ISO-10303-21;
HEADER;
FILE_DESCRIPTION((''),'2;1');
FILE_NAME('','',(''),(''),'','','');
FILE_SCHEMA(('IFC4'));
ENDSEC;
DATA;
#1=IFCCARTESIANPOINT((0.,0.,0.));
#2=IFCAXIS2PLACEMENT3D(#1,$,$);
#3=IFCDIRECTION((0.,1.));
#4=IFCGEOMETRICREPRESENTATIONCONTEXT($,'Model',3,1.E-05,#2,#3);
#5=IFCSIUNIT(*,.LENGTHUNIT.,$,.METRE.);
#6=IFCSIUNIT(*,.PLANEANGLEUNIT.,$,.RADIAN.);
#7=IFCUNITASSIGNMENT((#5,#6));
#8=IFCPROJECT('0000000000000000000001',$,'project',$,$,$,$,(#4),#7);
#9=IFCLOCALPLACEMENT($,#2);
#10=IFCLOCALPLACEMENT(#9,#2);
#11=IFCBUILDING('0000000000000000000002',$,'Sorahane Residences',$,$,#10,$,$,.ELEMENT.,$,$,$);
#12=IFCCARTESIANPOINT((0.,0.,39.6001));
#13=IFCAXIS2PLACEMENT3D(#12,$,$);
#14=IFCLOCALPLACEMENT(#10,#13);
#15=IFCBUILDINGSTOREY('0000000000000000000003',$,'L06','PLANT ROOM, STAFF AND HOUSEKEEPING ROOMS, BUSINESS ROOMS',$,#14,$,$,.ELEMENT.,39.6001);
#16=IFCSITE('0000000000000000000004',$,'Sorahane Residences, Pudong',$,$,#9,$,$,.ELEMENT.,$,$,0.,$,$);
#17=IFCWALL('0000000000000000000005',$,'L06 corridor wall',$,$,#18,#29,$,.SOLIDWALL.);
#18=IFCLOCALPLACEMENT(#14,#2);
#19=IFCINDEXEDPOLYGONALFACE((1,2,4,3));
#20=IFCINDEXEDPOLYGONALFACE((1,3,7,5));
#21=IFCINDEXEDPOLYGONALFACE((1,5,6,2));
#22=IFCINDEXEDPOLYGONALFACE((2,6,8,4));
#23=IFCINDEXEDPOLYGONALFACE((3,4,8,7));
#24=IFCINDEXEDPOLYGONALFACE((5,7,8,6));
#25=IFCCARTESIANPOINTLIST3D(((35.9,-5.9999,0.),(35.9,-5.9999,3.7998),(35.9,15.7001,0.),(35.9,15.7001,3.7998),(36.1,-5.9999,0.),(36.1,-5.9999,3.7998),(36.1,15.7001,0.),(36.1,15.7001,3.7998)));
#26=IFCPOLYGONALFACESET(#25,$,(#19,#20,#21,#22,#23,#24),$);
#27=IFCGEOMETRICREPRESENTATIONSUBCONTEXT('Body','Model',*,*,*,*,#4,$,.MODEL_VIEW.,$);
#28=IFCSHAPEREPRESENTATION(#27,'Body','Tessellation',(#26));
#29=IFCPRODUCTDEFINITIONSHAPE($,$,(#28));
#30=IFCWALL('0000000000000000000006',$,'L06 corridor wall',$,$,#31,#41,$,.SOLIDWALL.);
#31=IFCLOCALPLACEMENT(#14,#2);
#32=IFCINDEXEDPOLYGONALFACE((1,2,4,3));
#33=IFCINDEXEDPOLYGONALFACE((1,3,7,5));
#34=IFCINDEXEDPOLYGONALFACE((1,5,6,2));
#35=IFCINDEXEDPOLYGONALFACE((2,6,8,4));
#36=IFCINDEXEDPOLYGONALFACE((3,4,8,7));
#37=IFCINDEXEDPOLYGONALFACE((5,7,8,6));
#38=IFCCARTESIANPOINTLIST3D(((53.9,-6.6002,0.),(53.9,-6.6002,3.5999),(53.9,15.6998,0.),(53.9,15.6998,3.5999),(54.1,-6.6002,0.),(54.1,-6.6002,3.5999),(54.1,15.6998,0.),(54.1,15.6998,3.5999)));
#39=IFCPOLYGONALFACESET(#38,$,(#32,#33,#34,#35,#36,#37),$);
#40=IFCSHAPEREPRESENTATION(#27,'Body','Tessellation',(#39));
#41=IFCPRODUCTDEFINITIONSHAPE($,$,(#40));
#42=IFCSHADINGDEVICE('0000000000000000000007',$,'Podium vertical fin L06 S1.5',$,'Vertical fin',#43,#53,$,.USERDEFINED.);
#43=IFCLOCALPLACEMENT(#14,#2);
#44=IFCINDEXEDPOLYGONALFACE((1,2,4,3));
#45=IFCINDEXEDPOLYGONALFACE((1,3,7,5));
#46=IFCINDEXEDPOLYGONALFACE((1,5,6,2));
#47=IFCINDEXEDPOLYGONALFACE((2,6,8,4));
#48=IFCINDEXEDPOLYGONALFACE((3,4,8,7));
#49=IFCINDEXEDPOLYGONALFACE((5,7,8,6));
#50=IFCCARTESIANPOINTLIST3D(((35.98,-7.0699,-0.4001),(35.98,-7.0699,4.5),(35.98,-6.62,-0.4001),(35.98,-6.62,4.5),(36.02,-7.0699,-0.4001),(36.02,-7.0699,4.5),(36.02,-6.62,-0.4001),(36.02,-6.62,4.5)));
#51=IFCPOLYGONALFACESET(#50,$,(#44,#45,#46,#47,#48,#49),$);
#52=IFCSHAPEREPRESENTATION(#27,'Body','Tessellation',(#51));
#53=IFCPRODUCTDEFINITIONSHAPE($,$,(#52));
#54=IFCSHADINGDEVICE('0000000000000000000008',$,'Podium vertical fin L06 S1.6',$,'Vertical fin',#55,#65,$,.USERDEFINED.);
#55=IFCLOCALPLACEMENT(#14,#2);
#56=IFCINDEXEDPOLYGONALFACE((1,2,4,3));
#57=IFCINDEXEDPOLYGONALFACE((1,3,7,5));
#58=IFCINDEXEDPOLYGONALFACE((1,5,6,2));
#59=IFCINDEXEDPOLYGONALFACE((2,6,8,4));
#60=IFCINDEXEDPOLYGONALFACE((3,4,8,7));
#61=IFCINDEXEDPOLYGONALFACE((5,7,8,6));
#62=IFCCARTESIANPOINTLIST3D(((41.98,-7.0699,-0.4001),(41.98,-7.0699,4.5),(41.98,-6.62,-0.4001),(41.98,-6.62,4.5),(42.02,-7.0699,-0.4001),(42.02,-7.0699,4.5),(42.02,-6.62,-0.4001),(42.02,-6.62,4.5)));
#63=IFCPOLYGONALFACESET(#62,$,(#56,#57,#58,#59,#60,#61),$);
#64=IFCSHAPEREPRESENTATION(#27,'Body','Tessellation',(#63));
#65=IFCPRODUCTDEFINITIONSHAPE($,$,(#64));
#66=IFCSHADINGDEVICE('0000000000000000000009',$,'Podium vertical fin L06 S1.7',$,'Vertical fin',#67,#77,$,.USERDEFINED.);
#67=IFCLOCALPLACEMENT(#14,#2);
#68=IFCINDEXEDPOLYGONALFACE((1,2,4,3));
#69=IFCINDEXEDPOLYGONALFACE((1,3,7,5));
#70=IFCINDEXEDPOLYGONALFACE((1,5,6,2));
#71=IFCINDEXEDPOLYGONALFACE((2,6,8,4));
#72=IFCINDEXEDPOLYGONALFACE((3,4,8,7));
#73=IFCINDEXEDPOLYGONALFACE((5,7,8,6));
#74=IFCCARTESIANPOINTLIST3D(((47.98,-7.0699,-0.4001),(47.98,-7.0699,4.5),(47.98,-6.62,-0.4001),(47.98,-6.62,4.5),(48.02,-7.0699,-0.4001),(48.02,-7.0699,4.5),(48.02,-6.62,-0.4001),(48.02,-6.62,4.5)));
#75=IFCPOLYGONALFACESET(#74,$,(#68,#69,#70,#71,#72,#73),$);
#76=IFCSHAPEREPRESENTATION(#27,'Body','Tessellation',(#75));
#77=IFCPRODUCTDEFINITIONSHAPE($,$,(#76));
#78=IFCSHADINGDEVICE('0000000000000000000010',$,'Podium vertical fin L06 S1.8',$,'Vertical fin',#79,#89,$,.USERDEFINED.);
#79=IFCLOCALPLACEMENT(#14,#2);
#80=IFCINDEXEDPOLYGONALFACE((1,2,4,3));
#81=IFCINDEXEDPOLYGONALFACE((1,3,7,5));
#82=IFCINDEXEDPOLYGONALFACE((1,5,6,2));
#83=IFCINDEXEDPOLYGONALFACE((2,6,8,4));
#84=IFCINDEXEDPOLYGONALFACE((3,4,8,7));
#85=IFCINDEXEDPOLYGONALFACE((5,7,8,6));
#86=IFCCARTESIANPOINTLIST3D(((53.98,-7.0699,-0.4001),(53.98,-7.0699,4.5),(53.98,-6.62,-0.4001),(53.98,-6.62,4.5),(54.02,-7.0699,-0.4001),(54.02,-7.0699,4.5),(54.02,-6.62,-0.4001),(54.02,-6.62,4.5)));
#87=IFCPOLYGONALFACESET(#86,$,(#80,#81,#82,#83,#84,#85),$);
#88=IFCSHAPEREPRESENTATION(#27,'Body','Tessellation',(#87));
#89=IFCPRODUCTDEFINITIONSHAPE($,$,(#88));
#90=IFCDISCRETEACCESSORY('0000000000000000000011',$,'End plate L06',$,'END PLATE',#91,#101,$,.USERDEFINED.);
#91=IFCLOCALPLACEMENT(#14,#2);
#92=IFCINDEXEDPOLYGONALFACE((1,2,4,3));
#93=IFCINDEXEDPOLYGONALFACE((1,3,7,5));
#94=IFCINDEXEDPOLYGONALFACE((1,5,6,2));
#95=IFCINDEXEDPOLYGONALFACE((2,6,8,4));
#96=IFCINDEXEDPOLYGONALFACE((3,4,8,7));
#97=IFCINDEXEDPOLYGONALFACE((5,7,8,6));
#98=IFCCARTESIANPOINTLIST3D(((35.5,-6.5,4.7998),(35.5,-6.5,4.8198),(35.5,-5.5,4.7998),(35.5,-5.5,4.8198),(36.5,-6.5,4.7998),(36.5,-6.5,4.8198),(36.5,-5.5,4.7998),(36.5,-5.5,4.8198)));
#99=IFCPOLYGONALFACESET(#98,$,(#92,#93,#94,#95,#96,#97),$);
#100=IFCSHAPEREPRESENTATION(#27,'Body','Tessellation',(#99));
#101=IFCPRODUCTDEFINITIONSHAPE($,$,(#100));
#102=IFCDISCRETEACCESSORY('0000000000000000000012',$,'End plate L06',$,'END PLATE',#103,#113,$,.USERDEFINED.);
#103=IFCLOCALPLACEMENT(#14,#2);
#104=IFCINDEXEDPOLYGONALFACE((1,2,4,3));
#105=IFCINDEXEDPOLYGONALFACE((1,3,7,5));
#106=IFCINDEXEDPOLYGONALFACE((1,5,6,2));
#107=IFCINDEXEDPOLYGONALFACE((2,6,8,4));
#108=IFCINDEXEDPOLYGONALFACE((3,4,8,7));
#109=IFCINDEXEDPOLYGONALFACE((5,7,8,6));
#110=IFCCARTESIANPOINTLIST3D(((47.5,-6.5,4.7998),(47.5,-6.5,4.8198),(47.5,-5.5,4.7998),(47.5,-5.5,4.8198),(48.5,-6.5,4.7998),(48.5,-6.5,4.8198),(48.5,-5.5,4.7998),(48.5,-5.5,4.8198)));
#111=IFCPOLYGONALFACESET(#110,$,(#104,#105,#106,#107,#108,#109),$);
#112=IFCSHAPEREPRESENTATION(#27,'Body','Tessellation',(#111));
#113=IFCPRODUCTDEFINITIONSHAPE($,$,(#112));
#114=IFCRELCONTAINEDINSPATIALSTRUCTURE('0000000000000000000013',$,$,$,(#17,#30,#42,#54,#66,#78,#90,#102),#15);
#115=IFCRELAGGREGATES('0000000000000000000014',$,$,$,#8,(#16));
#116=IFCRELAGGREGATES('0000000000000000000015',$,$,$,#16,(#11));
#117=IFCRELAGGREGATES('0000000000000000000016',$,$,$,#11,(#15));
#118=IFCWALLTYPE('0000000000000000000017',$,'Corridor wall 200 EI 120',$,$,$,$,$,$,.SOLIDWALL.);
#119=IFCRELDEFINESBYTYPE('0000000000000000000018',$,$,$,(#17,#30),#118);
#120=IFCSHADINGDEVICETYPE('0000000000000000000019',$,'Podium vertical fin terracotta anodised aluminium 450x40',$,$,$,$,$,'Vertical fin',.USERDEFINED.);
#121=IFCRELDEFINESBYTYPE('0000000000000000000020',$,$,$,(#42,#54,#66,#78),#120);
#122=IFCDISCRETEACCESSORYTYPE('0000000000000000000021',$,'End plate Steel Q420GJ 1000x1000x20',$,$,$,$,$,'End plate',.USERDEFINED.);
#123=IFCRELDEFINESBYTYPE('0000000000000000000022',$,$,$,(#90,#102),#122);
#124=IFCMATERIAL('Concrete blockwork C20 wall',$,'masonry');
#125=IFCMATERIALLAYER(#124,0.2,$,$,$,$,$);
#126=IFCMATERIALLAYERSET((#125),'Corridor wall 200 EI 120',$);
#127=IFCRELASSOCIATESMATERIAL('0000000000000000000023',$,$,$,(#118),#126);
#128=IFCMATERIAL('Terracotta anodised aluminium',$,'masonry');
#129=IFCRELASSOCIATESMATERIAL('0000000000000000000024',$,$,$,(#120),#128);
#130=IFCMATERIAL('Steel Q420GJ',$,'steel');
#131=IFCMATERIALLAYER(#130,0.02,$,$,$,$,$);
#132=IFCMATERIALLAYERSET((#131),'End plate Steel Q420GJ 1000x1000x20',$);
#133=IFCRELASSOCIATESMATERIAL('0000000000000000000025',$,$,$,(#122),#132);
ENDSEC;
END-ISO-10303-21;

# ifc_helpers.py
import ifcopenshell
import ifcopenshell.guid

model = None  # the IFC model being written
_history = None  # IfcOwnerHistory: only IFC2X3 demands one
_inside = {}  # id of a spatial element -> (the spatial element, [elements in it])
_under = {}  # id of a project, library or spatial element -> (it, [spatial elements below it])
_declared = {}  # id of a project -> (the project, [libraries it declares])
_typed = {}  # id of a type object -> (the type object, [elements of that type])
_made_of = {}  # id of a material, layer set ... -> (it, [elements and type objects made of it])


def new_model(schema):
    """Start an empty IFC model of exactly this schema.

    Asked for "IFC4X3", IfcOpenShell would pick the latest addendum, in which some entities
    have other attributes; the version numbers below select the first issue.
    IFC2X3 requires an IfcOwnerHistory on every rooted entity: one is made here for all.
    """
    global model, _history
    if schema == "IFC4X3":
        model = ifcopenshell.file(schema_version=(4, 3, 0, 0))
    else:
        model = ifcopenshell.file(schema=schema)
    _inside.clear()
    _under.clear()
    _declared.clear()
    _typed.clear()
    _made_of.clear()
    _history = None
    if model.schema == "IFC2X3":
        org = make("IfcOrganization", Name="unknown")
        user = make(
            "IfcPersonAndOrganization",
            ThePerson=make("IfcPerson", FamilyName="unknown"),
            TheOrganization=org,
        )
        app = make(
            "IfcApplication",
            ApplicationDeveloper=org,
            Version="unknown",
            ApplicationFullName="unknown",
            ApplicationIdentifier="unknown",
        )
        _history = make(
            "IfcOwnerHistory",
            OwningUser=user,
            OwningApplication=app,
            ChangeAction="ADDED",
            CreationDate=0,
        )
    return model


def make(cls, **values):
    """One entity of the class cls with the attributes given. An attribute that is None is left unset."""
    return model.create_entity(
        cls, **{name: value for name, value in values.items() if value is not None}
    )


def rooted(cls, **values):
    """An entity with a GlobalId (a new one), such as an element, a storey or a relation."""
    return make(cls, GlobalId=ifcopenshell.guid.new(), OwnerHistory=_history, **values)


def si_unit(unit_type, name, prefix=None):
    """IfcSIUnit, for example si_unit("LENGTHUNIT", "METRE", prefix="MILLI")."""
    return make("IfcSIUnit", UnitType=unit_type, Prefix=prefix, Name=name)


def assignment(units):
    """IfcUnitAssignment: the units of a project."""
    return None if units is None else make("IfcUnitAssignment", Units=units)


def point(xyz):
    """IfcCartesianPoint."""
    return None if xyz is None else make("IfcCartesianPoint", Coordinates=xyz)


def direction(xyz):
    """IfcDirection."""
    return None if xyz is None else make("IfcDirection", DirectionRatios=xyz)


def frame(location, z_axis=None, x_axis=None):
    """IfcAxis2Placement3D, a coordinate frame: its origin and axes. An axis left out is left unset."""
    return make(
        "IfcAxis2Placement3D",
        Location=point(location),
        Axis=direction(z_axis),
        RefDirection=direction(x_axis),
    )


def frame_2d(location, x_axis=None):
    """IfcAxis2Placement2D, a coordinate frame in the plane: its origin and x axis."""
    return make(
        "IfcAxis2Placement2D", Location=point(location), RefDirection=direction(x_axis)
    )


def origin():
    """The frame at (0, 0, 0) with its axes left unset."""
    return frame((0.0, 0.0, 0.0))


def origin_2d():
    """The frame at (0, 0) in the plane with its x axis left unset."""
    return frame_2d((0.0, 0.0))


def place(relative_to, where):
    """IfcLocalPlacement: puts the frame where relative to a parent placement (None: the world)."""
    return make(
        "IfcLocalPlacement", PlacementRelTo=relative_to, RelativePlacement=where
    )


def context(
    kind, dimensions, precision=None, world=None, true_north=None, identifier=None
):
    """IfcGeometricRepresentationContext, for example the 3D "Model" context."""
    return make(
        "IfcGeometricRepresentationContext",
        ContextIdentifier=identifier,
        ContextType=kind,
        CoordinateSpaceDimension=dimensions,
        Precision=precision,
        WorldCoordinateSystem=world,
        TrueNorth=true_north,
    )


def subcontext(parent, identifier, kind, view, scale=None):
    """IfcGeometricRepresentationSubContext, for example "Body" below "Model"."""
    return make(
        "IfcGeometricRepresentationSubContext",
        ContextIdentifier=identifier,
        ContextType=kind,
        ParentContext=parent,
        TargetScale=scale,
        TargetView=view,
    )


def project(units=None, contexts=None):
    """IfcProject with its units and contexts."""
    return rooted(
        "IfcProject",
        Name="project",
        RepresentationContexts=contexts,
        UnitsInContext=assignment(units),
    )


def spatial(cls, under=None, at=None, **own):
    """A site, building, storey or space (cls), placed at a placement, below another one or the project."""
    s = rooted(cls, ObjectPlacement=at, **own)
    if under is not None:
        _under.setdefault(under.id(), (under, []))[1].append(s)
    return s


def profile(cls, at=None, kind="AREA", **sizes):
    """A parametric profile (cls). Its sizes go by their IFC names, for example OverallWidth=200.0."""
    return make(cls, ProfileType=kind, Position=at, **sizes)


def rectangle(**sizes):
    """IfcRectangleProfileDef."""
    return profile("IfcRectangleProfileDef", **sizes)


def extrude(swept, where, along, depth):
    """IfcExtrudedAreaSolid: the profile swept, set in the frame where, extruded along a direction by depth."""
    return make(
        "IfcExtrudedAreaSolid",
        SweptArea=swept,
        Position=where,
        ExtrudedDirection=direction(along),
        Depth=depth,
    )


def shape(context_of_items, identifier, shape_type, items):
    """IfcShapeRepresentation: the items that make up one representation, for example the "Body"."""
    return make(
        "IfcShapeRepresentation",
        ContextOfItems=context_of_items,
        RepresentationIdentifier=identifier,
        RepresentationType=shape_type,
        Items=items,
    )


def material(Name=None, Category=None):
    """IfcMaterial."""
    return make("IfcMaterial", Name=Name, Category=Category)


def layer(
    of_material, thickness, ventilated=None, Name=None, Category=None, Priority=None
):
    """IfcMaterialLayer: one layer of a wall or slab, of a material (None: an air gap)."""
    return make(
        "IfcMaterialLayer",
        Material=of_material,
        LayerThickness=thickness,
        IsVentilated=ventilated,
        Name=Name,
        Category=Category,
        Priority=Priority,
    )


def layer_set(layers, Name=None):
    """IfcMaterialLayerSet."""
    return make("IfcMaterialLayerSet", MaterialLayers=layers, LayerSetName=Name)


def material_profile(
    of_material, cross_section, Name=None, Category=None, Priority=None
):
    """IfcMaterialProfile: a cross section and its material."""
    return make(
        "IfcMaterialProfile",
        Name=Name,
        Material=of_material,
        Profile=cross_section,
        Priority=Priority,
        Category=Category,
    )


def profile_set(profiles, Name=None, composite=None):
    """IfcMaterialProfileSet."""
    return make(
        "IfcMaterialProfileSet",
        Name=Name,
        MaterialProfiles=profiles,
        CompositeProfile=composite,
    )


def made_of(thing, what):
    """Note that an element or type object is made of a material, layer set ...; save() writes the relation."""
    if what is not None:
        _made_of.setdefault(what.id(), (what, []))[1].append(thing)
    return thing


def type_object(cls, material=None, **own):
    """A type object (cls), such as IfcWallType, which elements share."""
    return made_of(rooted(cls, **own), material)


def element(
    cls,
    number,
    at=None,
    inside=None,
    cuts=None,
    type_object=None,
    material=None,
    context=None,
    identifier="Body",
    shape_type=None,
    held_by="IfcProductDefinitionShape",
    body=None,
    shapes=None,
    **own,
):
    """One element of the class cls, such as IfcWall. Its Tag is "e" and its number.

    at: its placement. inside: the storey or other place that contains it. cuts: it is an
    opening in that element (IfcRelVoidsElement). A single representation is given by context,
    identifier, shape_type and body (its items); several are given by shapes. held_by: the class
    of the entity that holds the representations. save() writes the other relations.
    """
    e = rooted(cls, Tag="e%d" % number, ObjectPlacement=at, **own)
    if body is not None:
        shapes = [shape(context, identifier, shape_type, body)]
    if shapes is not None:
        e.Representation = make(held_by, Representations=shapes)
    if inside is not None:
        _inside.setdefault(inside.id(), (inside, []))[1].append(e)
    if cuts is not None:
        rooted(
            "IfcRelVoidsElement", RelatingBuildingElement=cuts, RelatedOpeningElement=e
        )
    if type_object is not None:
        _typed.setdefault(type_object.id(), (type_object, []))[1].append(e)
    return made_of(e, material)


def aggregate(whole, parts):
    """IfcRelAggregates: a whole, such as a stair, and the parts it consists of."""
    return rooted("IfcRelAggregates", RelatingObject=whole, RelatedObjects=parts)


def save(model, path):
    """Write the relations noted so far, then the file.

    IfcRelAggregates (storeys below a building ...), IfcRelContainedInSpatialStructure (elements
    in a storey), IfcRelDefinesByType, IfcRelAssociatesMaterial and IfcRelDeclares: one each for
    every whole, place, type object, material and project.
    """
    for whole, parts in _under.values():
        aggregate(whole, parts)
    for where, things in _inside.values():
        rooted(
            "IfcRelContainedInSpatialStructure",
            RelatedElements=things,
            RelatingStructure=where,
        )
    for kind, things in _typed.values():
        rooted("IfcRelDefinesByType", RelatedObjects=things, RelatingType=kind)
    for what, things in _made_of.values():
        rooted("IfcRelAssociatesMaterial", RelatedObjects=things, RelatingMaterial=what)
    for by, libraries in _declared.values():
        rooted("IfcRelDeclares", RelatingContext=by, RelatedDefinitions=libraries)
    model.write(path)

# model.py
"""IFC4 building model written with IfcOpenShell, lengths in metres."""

from ifc_helpers import new_model, si_unit, direction, frame, frame_2d, origin, origin_2d, place, context, subcontext, project, spatial, rectangle, extrude, material, layer, layer_set, material_profile, profile_set, type_object, element, save


model = new_model("IFC4")

# Units and contexts
model_context = context("Model", 3, precision=1e-05, world=origin(), true_north=direction((0.0, 1.0)))
body_context = subcontext(model_context, "Body", "Model", "MODEL_VIEW")
ifc_project = project(units=[si_unit("LENGTHUNIT", "METRE"), si_unit("PLANEANGLEUNIT", "RADIAN")], contexts=[model_context])

# Site, building, storey
site_placement = place(None, origin())
site = spatial("IfcSite", under=ifc_project, at=site_placement, Name="Sorahane Residences, Pudong", CompositionType="ELEMENT", RefElevation=0.0)
building_placement = place(site_placement, origin())
building = spatial("IfcBuilding", under=site, at=building_placement, Name="Sorahane Residences", CompositionType="ELEMENT")
storey_placement = place(building_placement, frame((0.0, 0.0, 39.6001)))
storey = spatial("IfcBuildingStorey", under=building, at=storey_placement, Name="L06", Description="PLANT ROOM, STAFF AND HOUSEKEEPING ROOMS, BUSINESS ROOMS", CompositionType="ELEMENT", Elevation=39.6001)

# Walls
ifc_material_1 = material(Name="Concrete blockwork C20 wall", Category="masonry")
ifc_layer_1 = layer(ifc_material_1, 0.2)
ifc_layer_set_1 = layer_set([ifc_layer_1], Name="Corridor wall 200 EI 120")
wall_type = type_object("IfcWallType", Name="Corridor wall 200 EI 120", PredefinedType="SOLIDWALL", material=ifc_layer_set_1)
wall_1_placement = place(storey_placement, frame((36.0, -6.0, 0.0), z_axis=(0.0, 0.0, 1.0), x_axis=(0.0, 1.0, 0.0)))
element("IfcWall", 1, at=wall_1_placement, inside=storey, type_object=wall_type, Name="L06 corridor wall", PredefinedType="SOLIDWALL", context=body_context, shape_type="SweptSolid", body=[
    extrude(rectangle(XDim=21.7, YDim=0.2, at=frame_2d((10.8501, 0.0))), origin(), (0.0, 0.0, 1.0), 3.7998),
])
wall_2_placement = place(storey_placement, frame((54.0, -6.6001, 0.0), z_axis=(0.0, 0.0, 1.0), x_axis=(0.0, 1.0, 0.0)))
element("IfcWall", 2, at=wall_2_placement, inside=storey, type_object=wall_type, Name="L06 corridor wall", PredefinedType="SOLIDWALL", context=body_context, shape_type="SweptSolid", body=[
    extrude(rectangle(XDim=22.3, YDim=0.2, at=frame_2d((11.1499, 0.0))), origin(), (0.0, 0.0, 1.0), 3.5999),
])

# Shading devices
ifc_material_2 = material(Name="Terracotta anodised aluminium", Category="masonry")
ifc_material_profile_1 = material_profile(ifc_material_2, rectangle(XDim=0.45, YDim=0.04, at=origin_2d()), Name="Podium vertical fin terracotta anodised aluminium 450x40")
ifc_profile_set_1 = profile_set([ifc_material_profile_1], Name="Terracotta anodised aluminium")
shading_device_type = type_object("IfcShadingDeviceType", Name="Podium vertical fin terracotta anodised aluminium 450x40", ElementType="Vertical fin", PredefinedType="USERDEFINED", material=ifc_profile_set_1)
for number, where, z_axis, x_axis, name in (
    (3, (36.0, -6.845, -0.4001), (0.0, 0.0, 1.0), (0.0, -1.0, 0.0), "Podium vertical fin L06 S1.5"),
    (4, (42.0, -6.845, -0.4001), (0.0, 0.0, 1.0), (0.0, -1.0, 0.0), "Podium vertical fin L06 S1.6"),
    (5, (48.0, -6.845, -0.4001), (0.0, 0.0, 1.0), (0.0, -1.0, 0.0), "Podium vertical fin L06 S1.7"),
    (6, (54.0, -6.845, -0.4001), (0.0, 0.0, 1.0), (0.0, -1.0, 0.0), "Podium vertical fin L06 S1.8"),
):
    element("IfcShadingDevice", number, at=place(storey_placement, frame(where, z_axis=z_axis, x_axis=x_axis)), inside=storey, type_object=shading_device_type, Name=name, ObjectType="Vertical fin", PredefinedType="USERDEFINED", context=body_context, shape_type="SweptSolid", body=[
        extrude(rectangle(XDim=0.45, YDim=0.04, at=origin_2d()), origin(), (0.0, 0.0, 1.0), 4.9001),
    ])

# Discrete accessories
ifc_material_3 = material(Name="Steel Q420GJ", Category="steel")
ifc_layer_2 = layer(ifc_material_3, 0.02)
ifc_layer_set_2 = layer_set([ifc_layer_2], Name="End plate Steel Q420GJ 1000x1000x20")
discrete_accessory_type = type_object("IfcDiscreteAccessoryType", Name="End plate Steel Q420GJ 1000x1000x20", ElementType="End plate", PredefinedType="USERDEFINED", material=ifc_layer_set_2)
for number, where, z_axis, x_axis, name in (
    (7, (36.0, -6.0, 4.7998), (0.0, 0.0, 1.0), (1.0, 0.0, 0.0), "End plate L06"),
    (8, (48.0, -6.0, 4.7998), (0.0, 0.0, 1.0), (1.0, 0.0, 0.0), "End plate L06"),
):
    element("IfcDiscreteAccessory", number, at=place(storey_placement, frame(where, z_axis=z_axis, x_axis=x_axis)), inside=storey, type_object=discrete_accessory_type, Name=name, ObjectType="END PLATE", PredefinedType="USERDEFINED", context=body_context, shape_type="SweptSolid", body=[
        extrude(rectangle(XDim=1.0, YDim=1.0, at=origin_2d()), origin(), (0.0, 0.0, 1.0), 0.02),
    ])

save(model, "model.ifc")
